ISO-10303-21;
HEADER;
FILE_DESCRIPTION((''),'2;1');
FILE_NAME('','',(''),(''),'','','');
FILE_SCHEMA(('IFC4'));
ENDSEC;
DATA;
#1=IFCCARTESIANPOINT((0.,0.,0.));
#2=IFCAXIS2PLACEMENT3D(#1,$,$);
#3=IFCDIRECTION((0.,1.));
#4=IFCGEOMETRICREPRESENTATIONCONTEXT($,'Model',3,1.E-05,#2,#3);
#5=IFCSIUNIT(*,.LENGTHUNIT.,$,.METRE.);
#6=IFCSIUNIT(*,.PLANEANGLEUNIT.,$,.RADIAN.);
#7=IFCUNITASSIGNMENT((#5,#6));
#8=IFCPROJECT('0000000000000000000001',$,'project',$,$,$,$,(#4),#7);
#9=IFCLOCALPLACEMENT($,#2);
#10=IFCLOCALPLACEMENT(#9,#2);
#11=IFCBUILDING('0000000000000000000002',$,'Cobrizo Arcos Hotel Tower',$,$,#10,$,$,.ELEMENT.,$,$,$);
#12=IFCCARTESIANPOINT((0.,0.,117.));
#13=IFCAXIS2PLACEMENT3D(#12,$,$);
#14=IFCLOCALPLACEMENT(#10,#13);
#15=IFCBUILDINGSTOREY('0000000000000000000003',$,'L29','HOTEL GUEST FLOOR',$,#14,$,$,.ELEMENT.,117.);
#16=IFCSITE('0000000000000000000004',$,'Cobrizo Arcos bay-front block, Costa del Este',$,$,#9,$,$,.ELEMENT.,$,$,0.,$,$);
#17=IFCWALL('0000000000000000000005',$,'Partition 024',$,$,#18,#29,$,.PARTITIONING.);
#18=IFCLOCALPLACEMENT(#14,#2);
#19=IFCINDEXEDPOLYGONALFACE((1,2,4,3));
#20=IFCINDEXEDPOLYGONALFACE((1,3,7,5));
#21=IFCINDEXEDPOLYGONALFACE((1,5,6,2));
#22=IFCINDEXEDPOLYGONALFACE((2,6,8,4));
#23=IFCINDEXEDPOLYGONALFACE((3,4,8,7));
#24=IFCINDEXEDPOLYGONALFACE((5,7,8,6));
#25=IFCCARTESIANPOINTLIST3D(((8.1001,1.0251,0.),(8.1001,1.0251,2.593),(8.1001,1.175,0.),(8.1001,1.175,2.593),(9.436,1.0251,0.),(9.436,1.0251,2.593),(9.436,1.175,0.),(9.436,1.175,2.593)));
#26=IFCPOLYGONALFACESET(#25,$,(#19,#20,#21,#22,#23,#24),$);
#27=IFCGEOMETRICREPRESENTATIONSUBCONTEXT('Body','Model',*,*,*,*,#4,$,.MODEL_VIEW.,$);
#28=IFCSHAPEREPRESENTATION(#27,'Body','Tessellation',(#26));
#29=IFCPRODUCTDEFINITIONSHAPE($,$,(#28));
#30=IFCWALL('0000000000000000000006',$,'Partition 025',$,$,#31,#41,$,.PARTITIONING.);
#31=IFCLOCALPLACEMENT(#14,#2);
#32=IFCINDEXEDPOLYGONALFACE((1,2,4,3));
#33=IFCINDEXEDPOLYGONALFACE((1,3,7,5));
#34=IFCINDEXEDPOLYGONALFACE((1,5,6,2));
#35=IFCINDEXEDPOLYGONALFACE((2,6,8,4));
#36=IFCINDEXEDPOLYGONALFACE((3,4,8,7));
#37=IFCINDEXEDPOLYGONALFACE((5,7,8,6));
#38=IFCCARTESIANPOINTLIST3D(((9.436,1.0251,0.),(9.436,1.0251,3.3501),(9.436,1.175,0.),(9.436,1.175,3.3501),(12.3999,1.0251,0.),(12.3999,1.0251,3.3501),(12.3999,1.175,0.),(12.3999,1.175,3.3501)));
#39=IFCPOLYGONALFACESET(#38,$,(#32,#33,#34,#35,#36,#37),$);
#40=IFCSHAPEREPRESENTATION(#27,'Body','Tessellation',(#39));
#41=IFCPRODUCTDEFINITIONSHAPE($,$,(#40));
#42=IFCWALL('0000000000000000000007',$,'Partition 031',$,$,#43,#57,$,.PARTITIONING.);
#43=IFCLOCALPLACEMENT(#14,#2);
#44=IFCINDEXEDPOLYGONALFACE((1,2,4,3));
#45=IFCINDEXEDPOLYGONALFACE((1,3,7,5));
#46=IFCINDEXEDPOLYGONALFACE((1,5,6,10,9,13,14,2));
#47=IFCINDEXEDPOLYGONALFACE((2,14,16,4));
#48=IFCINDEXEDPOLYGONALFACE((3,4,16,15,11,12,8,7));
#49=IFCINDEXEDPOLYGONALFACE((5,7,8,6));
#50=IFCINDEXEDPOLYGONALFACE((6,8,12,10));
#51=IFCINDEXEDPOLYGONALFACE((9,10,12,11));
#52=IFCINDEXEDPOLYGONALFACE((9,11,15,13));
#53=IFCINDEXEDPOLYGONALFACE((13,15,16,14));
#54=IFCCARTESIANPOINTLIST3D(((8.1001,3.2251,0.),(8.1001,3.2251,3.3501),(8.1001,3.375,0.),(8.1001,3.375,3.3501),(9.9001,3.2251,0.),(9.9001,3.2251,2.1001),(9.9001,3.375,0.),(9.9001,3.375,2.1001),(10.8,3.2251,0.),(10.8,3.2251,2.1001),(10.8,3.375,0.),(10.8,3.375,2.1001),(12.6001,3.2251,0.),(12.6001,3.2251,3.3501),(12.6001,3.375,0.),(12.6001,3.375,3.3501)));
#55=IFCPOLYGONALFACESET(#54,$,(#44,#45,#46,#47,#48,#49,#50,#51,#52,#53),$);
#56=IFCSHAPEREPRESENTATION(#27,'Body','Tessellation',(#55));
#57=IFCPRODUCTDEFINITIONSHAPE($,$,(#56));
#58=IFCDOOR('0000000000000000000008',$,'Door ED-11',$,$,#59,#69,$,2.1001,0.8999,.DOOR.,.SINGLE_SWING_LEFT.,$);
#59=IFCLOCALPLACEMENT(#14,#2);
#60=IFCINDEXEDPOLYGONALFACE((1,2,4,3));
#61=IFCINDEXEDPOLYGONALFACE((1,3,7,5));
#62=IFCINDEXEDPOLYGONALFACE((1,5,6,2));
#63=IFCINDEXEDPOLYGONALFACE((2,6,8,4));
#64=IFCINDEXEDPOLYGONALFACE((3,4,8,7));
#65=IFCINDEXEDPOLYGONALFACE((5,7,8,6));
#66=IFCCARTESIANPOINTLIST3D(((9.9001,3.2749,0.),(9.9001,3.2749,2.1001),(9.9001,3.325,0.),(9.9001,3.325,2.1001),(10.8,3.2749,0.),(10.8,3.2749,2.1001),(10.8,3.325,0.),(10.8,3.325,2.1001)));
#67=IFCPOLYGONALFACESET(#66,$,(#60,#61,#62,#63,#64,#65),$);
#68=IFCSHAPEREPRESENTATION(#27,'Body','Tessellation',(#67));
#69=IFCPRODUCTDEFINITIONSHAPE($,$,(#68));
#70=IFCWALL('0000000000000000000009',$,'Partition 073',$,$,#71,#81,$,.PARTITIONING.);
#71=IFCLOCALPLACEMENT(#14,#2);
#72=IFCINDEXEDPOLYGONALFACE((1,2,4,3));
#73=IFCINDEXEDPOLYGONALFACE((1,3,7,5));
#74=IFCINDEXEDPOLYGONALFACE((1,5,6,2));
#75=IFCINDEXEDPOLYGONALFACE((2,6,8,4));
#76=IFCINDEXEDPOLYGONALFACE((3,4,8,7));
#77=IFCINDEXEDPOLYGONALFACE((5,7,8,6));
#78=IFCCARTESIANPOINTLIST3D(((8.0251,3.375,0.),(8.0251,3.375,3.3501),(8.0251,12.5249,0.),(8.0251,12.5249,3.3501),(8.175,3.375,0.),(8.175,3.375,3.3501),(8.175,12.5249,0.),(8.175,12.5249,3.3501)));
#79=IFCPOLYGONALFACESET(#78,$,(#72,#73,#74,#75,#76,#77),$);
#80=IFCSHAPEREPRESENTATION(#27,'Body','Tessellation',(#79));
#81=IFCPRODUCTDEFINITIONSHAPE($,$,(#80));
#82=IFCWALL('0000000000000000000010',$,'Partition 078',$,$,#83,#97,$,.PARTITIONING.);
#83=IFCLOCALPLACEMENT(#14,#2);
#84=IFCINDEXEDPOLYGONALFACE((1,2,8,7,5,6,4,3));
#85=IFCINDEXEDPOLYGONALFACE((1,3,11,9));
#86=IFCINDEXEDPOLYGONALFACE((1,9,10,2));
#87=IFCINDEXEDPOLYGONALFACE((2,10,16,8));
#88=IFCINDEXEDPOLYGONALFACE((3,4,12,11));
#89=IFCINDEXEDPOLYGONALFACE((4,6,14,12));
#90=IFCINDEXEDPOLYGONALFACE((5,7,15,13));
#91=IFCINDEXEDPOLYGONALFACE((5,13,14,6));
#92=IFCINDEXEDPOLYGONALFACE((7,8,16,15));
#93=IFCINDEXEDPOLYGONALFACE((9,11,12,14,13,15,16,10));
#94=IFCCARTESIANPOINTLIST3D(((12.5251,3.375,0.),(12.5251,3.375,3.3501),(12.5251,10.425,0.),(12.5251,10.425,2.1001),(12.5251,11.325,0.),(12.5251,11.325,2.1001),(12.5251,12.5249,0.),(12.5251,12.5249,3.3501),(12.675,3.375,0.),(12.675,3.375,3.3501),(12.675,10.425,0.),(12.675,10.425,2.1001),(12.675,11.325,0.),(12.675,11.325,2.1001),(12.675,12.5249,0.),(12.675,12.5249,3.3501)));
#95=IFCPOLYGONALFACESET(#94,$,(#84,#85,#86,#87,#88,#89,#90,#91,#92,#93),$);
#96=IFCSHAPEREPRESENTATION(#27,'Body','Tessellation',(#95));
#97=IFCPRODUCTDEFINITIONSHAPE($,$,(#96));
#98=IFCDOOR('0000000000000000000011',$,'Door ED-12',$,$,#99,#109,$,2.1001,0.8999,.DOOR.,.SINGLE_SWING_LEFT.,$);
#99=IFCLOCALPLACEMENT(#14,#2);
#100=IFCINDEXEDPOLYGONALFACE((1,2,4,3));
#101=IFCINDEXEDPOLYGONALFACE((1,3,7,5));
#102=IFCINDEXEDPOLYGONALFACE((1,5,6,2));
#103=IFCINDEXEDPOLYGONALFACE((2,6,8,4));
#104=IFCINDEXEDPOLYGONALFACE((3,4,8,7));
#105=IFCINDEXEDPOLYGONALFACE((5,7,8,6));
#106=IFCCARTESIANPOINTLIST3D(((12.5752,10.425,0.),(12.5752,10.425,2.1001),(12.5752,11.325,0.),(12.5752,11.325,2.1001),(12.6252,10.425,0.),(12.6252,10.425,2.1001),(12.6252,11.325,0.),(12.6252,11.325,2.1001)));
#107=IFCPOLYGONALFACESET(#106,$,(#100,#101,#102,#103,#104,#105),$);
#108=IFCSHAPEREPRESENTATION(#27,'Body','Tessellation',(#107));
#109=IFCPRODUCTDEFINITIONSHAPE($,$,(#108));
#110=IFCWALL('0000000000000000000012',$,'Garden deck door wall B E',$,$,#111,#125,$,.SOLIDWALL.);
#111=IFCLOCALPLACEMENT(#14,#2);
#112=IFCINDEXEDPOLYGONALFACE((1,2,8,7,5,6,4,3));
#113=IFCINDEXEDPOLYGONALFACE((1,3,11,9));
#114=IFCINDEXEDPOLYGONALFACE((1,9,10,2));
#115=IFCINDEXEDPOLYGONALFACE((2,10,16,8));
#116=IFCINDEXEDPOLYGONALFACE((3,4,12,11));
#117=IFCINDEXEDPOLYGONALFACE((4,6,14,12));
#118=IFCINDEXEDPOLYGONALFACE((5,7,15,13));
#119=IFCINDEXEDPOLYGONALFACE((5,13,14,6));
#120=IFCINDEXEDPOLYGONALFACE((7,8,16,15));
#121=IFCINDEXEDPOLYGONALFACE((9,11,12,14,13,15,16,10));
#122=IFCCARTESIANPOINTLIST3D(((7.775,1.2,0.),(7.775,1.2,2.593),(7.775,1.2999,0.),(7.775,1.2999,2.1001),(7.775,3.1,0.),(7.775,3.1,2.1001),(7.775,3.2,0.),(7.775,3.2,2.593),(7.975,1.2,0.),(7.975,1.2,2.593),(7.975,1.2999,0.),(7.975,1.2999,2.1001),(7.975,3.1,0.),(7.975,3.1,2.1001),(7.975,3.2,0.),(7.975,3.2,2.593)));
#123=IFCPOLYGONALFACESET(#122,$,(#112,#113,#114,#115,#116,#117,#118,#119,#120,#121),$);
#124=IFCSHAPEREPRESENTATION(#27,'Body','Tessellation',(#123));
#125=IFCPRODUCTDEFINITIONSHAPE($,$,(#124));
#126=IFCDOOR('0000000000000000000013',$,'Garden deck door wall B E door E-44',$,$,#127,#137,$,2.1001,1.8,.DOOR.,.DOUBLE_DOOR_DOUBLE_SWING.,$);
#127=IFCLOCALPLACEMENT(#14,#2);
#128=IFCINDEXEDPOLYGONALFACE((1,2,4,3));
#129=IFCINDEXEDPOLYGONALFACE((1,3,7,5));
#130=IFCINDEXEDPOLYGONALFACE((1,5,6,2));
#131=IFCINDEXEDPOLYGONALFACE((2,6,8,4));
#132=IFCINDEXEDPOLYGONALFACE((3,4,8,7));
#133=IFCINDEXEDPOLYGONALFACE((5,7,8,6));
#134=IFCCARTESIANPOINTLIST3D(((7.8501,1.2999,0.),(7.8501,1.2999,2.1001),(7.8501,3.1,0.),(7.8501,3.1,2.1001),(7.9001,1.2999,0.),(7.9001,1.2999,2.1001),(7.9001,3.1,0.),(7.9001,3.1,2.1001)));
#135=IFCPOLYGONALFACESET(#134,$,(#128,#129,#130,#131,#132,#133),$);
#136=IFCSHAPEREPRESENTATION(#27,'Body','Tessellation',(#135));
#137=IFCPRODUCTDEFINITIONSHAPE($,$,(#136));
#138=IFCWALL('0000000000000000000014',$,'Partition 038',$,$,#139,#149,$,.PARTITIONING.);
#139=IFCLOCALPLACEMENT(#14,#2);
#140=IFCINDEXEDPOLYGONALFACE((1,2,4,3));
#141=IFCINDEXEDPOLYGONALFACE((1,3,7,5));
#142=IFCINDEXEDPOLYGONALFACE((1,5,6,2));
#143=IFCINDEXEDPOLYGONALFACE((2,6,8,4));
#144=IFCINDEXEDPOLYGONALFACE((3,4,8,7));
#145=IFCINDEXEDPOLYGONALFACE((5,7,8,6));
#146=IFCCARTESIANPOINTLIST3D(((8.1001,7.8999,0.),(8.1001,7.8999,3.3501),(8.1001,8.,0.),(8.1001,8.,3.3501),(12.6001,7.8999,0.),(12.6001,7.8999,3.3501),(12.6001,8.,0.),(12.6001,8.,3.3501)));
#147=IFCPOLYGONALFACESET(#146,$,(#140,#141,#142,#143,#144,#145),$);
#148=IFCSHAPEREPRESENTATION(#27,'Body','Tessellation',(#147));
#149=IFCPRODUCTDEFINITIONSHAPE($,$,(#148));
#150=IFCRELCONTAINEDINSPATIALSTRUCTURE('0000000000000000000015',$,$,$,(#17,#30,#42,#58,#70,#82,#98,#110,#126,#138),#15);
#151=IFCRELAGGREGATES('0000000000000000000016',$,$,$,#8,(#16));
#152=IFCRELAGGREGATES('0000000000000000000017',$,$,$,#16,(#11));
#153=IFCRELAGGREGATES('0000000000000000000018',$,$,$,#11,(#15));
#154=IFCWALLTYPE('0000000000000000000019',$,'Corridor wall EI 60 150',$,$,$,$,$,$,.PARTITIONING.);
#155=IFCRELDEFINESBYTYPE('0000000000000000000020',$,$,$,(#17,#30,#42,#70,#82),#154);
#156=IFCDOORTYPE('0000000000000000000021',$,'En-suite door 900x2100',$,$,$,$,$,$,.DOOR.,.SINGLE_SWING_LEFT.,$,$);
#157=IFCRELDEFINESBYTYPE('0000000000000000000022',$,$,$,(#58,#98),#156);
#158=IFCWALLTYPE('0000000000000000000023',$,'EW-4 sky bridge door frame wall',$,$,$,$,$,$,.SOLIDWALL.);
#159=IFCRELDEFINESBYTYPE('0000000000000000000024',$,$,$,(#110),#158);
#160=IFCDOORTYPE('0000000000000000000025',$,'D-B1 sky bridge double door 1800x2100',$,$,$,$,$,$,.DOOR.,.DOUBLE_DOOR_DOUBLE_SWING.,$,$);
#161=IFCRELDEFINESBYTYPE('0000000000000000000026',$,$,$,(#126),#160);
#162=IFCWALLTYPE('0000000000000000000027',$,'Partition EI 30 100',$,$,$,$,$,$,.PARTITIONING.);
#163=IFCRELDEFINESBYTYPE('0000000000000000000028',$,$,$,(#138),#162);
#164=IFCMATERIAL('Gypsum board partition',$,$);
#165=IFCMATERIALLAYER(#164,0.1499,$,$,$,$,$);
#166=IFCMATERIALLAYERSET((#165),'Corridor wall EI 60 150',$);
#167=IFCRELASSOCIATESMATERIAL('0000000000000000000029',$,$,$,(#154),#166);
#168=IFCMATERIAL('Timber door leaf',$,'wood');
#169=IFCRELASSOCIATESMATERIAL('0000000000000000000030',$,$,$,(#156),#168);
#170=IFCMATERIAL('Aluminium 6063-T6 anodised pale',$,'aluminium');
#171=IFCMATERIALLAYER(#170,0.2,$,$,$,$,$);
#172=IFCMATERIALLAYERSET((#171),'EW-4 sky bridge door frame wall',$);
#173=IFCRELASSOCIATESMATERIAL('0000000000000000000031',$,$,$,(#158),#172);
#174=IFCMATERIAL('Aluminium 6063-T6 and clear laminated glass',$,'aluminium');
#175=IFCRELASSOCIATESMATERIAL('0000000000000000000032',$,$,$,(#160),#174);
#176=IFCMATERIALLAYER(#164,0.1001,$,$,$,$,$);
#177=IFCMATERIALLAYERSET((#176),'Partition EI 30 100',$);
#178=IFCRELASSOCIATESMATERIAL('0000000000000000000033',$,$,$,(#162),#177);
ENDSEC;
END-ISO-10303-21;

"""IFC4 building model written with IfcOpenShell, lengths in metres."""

from ifc_helpers import new_model, si_unit, direction, frame, frame_2d, origin, place, context, subcontext, project, spatial, rectangle, extrude, material, layer, layer_set, type_object, element, fill, save


model = new_model("IFC4")

# Units and contexts
model_context = context("Model", 3, precision=1e-05, world=origin(), true_north=direction((0.0, 1.0)))
body_context = subcontext(model_context, "Body", "Model", "MODEL_VIEW")
ifc_project = project(units=[si_unit("LENGTHUNIT", "METRE"), si_unit("PLANEANGLEUNIT", "RADIAN")], contexts=[model_context])

# Site, building, storey
site_placement = place(None, origin())
site = spatial("IfcSite", under=ifc_project, at=site_placement, Name="Cobrizo Arcos bay-front block, Costa del Este", CompositionType="ELEMENT", RefElevation=0.0)
building_placement = place(site_placement, origin())
building = spatial("IfcBuilding", under=site, at=building_placement, Name="Cobrizo Arcos Hotel Tower", CompositionType="ELEMENT")
storey_placement = place(building_placement, frame((0.0, 0.0, 117.0)))
storey = spatial("IfcBuildingStorey", under=building, at=storey_placement, Name="L29", Description="HOTEL GUEST FLOOR", CompositionType="ELEMENT", Elevation=117.0)

# Walls
ifc_material_1 = material(Name="Gypsum board partition")
ifc_layer_1 = layer(ifc_material_1, 0.1499)
ifc_layer_set_1 = layer_set([ifc_layer_1], Name="Corridor wall EI 60 150")
wall_type_1 = type_object("IfcWallType", Name="Corridor wall EI 60 150", PredefinedType="PARTITIONING", material=ifc_layer_set_1)
wall_1_placement = place(storey_placement, frame((8.1001, 1.1001, 0.0), z_axis=(0.0, 0.0, 1.0), x_axis=(1.0, 0.0, 0.0)))
element("IfcWall", 1, at=wall_1_placement, inside=storey, type_object=wall_type_1, Name="Partition 024", PredefinedType="PARTITIONING", context=body_context, shape_type="SweptSolid", body=[
    extrude(rectangle(XDim=1.3359, YDim=0.1499, at=frame_2d((0.668, 0.0))), origin(), (0.0, 0.0, 1.0), 2.593),
])
wall_2_placement = place(storey_placement, frame((9.436, 1.1001, 0.0), z_axis=(0.0, 0.0, 1.0), x_axis=(1.0, 0.0, 0.0)))
element("IfcWall", 2, at=wall_2_placement, inside=storey, type_object=wall_type_1, Name="Partition 025", PredefinedType="PARTITIONING", context=body_context, shape_type="SweptSolid", body=[
    extrude(rectangle(XDim=2.9639, YDim=0.1499, at=frame_2d((1.4819, 0.0))), origin(), (0.0, 0.0, 1.0), 3.3501),
])

# Wall, opening, door
wall_3_placement = place(storey_placement, frame((8.1001, 3.3, 0.0), z_axis=(0.0, 0.0, 1.0), x_axis=(1.0, 0.0, 0.0)))
wall_3 = element("IfcWall", 3, at=wall_3_placement, inside=storey, type_object=wall_type_1, Name="Partition 031", PredefinedType="PARTITIONING", context=body_context, shape_type="SweptSolid", body=[
    extrude(rectangle(XDim=4.5, YDim=0.1499, at=frame_2d((2.25, 0.0))), origin(), (0.0, 0.0, 1.0), 3.3501),
])
opening_1_placement = place(wall_3_placement, frame((1.8, 0.0, 0.0)))
opening_1 = element("IfcOpeningElement", 4, at=opening_1_placement, cuts=wall_3, PredefinedType="OPENING", context=body_context, shape_type="SweptSolid", body=[
    extrude(rectangle(XDim=0.8999, YDim=2.1001, at=frame_2d((0.45, 1.05))), frame((0.0, 0.0869, 0.0), z_axis=(0.0, -1.0, 0.0), x_axis=(1.0, 0.0, 0.0)), (0.0, 0.0, 1.0), 0.1738),
])
ifc_material_2 = material(Name="Timber door leaf", Category="wood")
door_type_1 = type_object("IfcDoorType", Name="En-suite door 900x2100", OperationType="SINGLE_SWING_LEFT", PredefinedType="DOOR", material=ifc_material_2)
door_1_placement = place(opening_1_placement, origin())
door_1 = element("IfcDoor", 5, at=door_1_placement, inside=storey, type_object=door_type_1, Name="Door ED-11", OperationType="SINGLE_SWING_LEFT", OverallHeight=2.1001, OverallWidth=0.8999, PredefinedType="DOOR", context=body_context, shape_type="SweptSolid", body=[
    extrude(rectangle(XDim=0.8999, YDim=2.1001, at=frame_2d((0.45, 1.05))), frame((0.0, 0.0249, 0.0), z_axis=(0.0, -1.0, 0.0), x_axis=(1.0, 0.0, 0.0)), (0.0, 0.0, 1.0), 0.05),
])
fill(opening_1, door_1)

# Wall
wall_4_placement = place(storey_placement, frame((8.1001, 3.375, 0.0), z_axis=(0.0, 0.0, 1.0), x_axis=(0.0, 1.0, 0.0)))
element("IfcWall", 6, at=wall_4_placement, inside=storey, type_object=wall_type_1, Name="Partition 073", PredefinedType="PARTITIONING", context=body_context, shape_type="SweptSolid", body=[
    extrude(rectangle(XDim=9.1499, YDim=0.1499, at=frame_2d((4.575, 0.0))), origin(), (0.0, 0.0, 1.0), 3.3501),
])

# Walls, openings, doors
wall_5_placement = place(storey_placement, frame((12.6001, 3.375, 0.0), z_axis=(0.0, 0.0, 1.0), x_axis=(0.0, 1.0, 0.0)))
wall_5 = element("IfcWall", 7, at=wall_5_placement, inside=storey, type_object=wall_type_1, Name="Partition 078", PredefinedType="PARTITIONING", context=body_context, shape_type="SweptSolid", body=[
    extrude(rectangle(XDim=9.1499, YDim=0.1499, at=frame_2d((4.575, 0.0))), origin(), (0.0, 0.0, 1.0), 3.3501),
])
opening_2_placement = place(wall_5_placement, frame((7.05, 0.0, 0.0)))
opening_2 = element("IfcOpeningElement", 8, at=opening_2_placement, cuts=wall_5, PredefinedType="OPENING", context=body_context, shape_type="SweptSolid", body=[
    extrude(rectangle(XDim=0.8999, YDim=2.1001, at=frame_2d((0.45, 1.05))), frame((0.0, 0.0869, 0.0), z_axis=(0.0, -1.0, 0.0), x_axis=(1.0, 0.0, 0.0)), (0.0, 0.0, 1.0), 0.1738),
])
door_2_placement = place(opening_2_placement, origin())
door_2 = element("IfcDoor", 9, at=door_2_placement, inside=storey, type_object=door_type_1, Name="Door ED-12", OperationType="SINGLE_SWING_LEFT", OverallHeight=2.1001, OverallWidth=0.8999, PredefinedType="DOOR", context=body_context, shape_type="SweptSolid", body=[
    extrude(rectangle(XDim=0.8999, YDim=2.1001, at=frame_2d((0.45, 1.05))), frame((0.0, 0.0249, 0.0), z_axis=(0.0, -1.0, 0.0), x_axis=(1.0, 0.0, 0.0)), (0.0, 0.0, 1.0), 0.05),
])
fill(opening_2, door_2)
ifc_material_3 = material(Name="Aluminium 6063-T6 anodised pale", Category="aluminium")
ifc_layer_2 = layer(ifc_material_3, 0.2)
ifc_layer_set_2 = layer_set([ifc_layer_2], Name="EW-4 sky bridge door frame wall")
wall_type_2 = type_object("IfcWallType", Name="EW-4 sky bridge door frame wall", PredefinedType="SOLIDWALL", material=ifc_layer_set_2)
wall_6_placement = place(storey_placement, frame((7.875, 1.2, 0.0), z_axis=(0.0, 0.0, 1.0), x_axis=(0.0, 1.0, 0.0)))
wall_6 = element("IfcWall", 10, at=wall_6_placement, inside=storey, type_object=wall_type_2, Name="Garden deck door wall B E", PredefinedType="SOLIDWALL", context=body_context, shape_type="SweptSolid", body=[
    extrude(rectangle(XDim=2.0, YDim=0.2, at=frame_2d((1.0, 0.0))), origin(), (0.0, 0.0, 1.0), 2.593),
])
opening_3_placement = place(wall_6_placement, frame((0.1001, 0.0, 0.0)))
opening_3 = element("IfcOpeningElement", 11, at=opening_3_placement, cuts=wall_6, PredefinedType="OPENING", context=body_context, shape_type="SweptSolid", body=[
    extrude(rectangle(XDim=1.8, YDim=2.1001, at=frame_2d((0.8999, 1.05))), frame((0.0, 0.1121, 0.0), z_axis=(0.0, -1.0, 0.0), x_axis=(1.0, 0.0, 0.0)), (0.0, 0.0, 1.0), 0.2239),
])
ifc_material_4 = material(Name="Aluminium 6063-T6 and clear laminated glass", Category="aluminium")
door_type_2 = type_object("IfcDoorType", Name="D-B1 sky bridge double door 1800x2100", OperationType="DOUBLE_DOOR_DOUBLE_SWING", PredefinedType="DOOR", material=ifc_material_4)
door_3_placement = place(opening_3_placement, origin())
door_3 = element("IfcDoor", 12, at=door_3_placement, inside=storey, type_object=door_type_2, Name="Garden deck door wall B E door E-44", OperationType="DOUBLE_DOOR_DOUBLE_SWING", OverallHeight=2.1001, OverallWidth=1.8, PredefinedType="DOOR", context=body_context, shape_type="SweptSolid", body=[
    extrude(rectangle(XDim=1.8, YDim=2.1001, at=frame_2d((0.8999, 1.05))), frame((0.0, 0.0249, 0.0), z_axis=(0.0, -1.0, 0.0), x_axis=(1.0, 0.0, 0.0)), (0.0, 0.0, 1.0), 0.05),
])
fill(opening_3, door_3)

# Wall
ifc_layer_3 = layer(ifc_material_1, 0.1001)
ifc_layer_set_3 = layer_set([ifc_layer_3], Name="Partition EI 30 100")
wall_type_3 = type_object("IfcWallType", Name="Partition EI 30 100", PredefinedType="PARTITIONING", material=ifc_layer_set_3)
wall_7_placement = place(storey_placement, frame((8.1001, 7.95, 0.0), z_axis=(0.0, 0.0, 1.0), x_axis=(1.0, 0.0, 0.0)))
element("IfcWall", 13, at=wall_7_placement, inside=storey, type_object=wall_type_3, Name="Partition 038", PredefinedType="PARTITIONING", context=body_context, shape_type="SweptSolid", body=[
    extrude(rectangle(XDim=4.5, YDim=0.1001, at=frame_2d((2.25, 0.0))), origin(), (0.0, 0.0, 1.0), 3.3501),
])

save(model, "model.ifc")
